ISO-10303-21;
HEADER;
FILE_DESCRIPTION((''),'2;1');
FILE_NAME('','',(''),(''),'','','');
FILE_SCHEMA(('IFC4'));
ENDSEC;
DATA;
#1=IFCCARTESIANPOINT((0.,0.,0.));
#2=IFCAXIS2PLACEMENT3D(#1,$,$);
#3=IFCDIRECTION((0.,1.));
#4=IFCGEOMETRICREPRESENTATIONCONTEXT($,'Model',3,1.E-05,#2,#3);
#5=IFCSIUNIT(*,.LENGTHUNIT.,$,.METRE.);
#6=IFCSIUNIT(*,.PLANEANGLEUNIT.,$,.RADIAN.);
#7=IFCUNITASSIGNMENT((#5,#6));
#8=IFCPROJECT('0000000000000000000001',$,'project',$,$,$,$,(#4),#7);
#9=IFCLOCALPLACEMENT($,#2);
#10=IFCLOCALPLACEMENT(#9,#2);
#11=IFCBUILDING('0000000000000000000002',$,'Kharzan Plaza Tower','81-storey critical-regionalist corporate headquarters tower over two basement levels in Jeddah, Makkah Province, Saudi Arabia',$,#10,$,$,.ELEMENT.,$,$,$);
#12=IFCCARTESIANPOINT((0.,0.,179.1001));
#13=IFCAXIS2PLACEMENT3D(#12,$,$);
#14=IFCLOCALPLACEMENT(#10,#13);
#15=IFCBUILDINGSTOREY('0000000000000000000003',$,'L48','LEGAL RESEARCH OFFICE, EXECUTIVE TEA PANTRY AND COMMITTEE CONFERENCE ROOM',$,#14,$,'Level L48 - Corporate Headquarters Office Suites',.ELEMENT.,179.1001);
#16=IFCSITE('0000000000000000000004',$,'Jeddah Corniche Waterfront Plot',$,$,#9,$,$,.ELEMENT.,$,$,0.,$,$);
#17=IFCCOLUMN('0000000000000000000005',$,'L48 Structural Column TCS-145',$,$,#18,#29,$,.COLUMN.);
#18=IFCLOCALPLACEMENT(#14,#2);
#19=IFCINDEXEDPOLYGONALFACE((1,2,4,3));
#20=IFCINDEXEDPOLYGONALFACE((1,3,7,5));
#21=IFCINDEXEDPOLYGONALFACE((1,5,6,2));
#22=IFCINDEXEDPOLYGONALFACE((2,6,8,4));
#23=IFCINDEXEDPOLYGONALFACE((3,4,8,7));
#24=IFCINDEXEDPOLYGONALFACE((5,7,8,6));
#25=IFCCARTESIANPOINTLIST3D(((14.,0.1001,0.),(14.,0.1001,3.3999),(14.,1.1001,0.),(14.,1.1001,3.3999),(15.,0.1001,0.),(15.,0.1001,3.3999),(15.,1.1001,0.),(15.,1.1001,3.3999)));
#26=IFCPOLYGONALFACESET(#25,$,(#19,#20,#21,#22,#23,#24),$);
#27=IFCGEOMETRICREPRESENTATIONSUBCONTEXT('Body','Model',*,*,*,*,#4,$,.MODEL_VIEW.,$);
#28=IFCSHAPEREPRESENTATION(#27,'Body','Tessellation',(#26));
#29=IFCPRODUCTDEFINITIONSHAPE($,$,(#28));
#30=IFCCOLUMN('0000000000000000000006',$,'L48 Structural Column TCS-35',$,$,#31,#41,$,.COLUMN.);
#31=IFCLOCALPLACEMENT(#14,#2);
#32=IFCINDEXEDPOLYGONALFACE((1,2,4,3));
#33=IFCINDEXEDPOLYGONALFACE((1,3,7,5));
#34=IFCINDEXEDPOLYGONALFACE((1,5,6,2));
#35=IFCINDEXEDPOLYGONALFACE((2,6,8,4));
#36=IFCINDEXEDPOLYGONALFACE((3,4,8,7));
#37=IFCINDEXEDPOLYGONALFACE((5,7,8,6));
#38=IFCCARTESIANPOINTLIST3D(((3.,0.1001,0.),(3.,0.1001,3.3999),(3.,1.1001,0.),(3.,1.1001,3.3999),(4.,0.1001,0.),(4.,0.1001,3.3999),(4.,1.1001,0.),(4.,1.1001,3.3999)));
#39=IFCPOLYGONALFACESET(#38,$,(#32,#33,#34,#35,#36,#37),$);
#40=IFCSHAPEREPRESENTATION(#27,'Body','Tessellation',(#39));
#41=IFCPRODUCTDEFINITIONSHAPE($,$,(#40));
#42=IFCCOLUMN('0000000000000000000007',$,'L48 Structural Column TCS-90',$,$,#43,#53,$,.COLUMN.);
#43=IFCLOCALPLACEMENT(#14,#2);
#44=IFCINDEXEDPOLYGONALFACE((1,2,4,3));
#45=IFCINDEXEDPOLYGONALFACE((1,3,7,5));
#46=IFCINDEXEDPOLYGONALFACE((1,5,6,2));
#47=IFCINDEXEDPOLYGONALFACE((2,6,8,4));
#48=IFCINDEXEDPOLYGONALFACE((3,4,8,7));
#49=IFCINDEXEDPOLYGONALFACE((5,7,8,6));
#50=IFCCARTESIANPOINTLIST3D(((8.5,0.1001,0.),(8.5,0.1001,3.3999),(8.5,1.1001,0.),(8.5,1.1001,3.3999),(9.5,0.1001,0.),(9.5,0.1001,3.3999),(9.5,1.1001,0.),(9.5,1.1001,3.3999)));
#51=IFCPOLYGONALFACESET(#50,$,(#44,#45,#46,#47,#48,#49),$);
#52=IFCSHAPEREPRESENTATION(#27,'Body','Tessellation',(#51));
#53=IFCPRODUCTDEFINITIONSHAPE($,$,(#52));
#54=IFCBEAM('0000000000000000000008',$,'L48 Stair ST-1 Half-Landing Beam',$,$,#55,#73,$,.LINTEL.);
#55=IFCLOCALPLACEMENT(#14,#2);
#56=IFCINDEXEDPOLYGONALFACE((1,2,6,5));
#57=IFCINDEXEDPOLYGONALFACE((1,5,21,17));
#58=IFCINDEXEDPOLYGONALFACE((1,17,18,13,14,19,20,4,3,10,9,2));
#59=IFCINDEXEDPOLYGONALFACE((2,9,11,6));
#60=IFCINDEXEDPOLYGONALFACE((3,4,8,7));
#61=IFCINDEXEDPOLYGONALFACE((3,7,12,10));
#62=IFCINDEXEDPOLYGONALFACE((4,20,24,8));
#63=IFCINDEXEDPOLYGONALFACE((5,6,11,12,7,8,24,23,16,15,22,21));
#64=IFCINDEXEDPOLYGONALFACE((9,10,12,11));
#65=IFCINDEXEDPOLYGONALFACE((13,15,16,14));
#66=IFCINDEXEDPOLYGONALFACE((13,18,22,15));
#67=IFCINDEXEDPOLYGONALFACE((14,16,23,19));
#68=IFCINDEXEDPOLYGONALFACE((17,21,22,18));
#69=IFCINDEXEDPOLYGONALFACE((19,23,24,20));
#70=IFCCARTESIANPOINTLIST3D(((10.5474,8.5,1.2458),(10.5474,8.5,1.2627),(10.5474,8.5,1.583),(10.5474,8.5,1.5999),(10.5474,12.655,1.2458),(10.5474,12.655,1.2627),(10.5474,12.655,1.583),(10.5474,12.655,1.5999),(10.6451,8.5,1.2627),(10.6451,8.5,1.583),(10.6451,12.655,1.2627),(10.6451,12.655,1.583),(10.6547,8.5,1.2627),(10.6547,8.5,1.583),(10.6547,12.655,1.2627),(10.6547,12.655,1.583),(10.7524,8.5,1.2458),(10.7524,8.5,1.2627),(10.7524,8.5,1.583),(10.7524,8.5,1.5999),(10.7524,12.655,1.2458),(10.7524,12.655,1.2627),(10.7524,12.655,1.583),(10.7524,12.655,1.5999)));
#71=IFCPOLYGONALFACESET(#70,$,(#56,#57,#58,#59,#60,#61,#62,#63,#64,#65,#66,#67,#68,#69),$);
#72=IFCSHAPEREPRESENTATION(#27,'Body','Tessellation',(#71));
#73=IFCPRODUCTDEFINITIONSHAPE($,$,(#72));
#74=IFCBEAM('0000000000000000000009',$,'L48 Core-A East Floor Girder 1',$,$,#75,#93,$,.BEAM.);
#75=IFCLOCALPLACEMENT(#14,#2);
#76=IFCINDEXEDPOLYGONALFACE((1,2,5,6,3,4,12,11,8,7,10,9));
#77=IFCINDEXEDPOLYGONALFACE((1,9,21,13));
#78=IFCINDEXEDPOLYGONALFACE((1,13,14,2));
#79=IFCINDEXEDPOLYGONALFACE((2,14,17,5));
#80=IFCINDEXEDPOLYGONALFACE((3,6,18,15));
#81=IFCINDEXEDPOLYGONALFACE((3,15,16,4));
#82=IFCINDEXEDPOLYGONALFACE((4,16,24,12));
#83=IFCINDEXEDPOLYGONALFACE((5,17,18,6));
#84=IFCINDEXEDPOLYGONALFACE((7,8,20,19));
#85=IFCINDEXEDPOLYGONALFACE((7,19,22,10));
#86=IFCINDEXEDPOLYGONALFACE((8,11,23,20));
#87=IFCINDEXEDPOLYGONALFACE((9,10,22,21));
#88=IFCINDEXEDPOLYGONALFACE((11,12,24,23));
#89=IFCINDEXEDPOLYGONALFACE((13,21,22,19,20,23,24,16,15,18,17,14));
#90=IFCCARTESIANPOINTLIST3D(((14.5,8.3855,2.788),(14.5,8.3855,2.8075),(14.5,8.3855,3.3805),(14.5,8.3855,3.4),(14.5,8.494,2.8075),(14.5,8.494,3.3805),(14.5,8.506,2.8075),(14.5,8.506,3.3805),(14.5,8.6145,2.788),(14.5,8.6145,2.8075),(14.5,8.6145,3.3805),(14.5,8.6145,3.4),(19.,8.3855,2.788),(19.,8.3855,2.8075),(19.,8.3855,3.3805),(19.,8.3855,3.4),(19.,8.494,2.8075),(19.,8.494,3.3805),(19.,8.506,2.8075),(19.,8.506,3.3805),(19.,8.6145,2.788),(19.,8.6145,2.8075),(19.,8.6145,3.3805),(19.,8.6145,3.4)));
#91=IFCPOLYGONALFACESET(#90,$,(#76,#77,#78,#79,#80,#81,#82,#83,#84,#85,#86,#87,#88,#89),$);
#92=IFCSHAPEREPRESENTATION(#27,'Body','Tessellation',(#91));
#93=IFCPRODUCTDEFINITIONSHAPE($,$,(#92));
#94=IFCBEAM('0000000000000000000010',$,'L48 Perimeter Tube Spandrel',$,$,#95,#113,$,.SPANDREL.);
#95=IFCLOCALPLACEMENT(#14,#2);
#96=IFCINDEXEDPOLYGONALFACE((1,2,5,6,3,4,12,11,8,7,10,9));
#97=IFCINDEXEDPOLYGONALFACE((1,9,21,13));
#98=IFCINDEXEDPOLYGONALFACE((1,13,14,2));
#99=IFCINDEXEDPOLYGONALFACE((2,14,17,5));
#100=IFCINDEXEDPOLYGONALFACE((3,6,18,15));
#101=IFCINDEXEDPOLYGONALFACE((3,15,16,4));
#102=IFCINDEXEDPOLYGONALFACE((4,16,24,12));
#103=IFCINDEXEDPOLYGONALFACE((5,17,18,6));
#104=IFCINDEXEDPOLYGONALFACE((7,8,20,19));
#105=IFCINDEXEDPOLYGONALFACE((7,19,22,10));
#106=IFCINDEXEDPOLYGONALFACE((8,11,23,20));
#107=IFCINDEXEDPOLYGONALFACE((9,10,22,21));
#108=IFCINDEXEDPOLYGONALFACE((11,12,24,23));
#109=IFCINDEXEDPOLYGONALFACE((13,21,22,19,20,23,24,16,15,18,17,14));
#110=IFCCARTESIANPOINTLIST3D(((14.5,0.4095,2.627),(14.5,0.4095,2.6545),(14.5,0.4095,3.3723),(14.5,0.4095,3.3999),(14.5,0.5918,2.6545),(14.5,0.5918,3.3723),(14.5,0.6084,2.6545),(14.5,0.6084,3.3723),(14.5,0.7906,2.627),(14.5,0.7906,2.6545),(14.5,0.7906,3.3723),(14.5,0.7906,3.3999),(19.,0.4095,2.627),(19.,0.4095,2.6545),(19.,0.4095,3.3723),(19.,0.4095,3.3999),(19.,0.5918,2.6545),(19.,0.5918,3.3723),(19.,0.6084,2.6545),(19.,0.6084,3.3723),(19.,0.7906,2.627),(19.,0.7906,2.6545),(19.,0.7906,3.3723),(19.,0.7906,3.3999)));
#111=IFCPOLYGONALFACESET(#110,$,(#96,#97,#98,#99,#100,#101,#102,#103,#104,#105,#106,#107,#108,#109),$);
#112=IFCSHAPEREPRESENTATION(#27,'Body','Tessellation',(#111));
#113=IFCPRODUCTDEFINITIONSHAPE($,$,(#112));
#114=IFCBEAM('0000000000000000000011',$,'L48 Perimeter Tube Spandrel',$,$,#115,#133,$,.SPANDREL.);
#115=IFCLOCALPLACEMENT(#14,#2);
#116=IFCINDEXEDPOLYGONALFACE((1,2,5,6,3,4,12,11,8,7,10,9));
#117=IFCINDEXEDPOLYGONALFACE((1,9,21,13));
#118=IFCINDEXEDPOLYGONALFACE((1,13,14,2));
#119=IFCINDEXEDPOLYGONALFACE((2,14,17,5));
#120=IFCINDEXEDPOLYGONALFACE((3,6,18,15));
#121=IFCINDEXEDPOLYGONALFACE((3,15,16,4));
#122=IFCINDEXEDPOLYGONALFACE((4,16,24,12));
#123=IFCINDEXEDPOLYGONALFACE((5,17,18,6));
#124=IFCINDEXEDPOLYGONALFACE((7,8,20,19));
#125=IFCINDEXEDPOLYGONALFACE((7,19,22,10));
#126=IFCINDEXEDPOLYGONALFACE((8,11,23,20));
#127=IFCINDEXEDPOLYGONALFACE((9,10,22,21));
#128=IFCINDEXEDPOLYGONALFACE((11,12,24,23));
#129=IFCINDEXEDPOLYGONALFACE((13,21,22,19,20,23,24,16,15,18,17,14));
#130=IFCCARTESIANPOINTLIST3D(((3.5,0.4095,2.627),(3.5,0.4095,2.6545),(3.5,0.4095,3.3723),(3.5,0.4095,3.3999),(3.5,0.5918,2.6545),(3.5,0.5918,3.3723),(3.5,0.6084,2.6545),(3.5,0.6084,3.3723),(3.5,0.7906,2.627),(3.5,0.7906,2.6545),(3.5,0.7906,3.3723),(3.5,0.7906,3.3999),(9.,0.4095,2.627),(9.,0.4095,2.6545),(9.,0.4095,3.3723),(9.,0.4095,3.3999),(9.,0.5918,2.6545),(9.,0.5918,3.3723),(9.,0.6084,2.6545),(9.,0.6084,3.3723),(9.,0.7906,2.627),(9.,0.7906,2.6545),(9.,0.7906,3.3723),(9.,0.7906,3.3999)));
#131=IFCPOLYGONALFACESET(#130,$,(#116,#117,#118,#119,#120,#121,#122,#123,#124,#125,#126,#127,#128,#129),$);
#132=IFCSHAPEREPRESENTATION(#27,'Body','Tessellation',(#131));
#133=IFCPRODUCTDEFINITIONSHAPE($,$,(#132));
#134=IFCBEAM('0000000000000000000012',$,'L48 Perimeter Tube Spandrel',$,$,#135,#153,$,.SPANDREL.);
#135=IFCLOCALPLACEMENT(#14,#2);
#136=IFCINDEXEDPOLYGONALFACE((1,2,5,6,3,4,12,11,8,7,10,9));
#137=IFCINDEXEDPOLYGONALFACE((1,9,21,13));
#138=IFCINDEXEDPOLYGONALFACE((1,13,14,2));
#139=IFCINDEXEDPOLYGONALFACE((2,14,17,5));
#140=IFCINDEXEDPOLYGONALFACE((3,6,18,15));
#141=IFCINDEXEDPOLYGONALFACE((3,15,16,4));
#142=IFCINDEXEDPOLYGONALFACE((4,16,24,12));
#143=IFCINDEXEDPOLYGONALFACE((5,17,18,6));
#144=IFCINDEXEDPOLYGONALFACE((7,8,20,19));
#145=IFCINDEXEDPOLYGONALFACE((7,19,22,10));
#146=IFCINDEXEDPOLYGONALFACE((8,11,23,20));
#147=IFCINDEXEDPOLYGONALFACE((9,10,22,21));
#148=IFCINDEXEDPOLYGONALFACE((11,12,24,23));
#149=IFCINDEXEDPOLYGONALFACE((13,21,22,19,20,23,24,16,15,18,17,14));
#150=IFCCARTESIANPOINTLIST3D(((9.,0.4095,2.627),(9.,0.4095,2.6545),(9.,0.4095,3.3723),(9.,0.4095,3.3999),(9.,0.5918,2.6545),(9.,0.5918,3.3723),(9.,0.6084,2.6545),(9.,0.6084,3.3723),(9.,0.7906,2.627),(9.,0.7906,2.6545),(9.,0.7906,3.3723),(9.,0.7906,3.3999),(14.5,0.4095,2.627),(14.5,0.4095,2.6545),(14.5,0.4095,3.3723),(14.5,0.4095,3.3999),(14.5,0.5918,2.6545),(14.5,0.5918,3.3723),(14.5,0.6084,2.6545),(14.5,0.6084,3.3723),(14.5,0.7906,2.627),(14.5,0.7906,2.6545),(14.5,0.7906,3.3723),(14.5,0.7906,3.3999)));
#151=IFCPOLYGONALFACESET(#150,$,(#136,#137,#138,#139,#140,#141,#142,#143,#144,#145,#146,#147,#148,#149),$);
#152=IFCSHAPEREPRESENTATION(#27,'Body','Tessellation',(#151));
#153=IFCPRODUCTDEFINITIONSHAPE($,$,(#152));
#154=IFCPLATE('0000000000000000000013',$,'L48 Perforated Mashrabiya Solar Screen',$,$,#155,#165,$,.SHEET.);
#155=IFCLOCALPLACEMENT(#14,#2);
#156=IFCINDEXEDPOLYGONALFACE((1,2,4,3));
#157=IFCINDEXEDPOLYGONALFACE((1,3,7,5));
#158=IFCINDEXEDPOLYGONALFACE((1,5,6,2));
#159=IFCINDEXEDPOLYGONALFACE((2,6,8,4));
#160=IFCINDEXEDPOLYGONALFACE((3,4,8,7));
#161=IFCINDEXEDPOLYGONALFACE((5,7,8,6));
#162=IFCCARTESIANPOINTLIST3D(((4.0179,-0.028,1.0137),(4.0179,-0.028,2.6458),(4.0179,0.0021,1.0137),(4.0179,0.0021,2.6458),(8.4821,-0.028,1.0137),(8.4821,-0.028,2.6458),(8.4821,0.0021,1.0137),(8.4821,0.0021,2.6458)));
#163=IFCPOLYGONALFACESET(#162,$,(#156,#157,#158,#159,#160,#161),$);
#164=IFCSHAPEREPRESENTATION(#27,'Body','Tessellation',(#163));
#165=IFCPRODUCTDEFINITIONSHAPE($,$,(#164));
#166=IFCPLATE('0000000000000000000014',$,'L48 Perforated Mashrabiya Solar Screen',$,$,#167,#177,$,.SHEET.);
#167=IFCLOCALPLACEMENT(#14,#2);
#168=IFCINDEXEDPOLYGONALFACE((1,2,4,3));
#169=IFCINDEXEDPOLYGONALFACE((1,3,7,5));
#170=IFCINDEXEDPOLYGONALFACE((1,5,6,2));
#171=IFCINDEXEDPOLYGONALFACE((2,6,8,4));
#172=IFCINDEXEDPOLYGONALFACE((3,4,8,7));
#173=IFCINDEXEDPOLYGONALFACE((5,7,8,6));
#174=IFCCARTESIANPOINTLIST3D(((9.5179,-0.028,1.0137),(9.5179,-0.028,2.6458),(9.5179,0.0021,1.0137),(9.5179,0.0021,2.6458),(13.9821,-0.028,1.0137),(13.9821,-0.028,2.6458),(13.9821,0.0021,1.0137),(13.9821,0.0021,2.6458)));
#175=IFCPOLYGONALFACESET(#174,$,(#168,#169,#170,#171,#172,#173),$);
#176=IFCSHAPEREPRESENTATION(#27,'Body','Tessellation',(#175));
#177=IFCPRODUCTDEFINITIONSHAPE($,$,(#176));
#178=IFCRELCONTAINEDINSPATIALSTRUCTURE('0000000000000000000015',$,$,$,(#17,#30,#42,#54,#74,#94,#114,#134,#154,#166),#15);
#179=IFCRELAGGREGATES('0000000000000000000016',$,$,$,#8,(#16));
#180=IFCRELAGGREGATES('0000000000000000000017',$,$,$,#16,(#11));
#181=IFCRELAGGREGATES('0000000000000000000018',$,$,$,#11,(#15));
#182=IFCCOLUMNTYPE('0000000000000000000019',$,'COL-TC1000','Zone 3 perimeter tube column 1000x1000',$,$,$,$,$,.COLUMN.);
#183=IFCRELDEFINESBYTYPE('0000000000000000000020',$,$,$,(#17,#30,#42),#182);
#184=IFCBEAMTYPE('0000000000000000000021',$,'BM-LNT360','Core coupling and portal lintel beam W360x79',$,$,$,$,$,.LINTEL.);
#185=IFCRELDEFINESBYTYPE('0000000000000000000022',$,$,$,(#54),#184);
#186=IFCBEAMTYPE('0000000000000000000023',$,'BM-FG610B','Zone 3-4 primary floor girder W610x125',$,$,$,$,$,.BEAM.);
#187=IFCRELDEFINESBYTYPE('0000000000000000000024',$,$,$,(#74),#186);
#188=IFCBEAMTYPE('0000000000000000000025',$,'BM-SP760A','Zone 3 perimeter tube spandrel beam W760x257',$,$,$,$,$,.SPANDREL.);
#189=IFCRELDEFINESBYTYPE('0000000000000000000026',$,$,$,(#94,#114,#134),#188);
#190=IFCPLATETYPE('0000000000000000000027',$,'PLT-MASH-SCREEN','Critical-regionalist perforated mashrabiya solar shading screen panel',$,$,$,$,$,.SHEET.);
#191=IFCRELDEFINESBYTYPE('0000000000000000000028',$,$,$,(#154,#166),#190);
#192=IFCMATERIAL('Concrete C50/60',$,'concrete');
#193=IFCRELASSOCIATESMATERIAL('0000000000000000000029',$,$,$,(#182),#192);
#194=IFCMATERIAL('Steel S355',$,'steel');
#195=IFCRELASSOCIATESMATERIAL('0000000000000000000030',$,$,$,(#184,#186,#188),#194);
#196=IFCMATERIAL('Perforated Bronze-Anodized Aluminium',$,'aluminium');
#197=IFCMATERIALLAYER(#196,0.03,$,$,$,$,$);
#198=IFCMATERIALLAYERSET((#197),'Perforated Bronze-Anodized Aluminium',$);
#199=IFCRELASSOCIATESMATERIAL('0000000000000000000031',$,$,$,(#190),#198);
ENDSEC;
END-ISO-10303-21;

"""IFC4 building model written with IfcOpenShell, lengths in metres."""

from ifc_helpers import new_model, si_unit, direction, frame, origin, origin_2d, place, context, subcontext, project, spatial, rectangle, i_section, extrude, source, transform, mapped, material, layer, layer_set, material_profile, profile_set, type_object, element, save


model = new_model("IFC4")

# Units and contexts
model_context = context("Model", 3, precision=1e-05, world=origin(), true_north=direction((0.0, 1.0)))
body_context = subcontext(model_context, "Body", "Model", "MODEL_VIEW")
ifc_project = project(units=[si_unit("LENGTHUNIT", "METRE"), si_unit("PLANEANGLEUNIT", "RADIAN")], contexts=[model_context])

# Site, building, storey
site_placement = place(None, origin())
site = spatial("IfcSite", under=ifc_project, at=site_placement, Name="Jeddah Corniche Waterfront Plot", CompositionType="ELEMENT", RefElevation=0.0)
building_placement = place(site_placement, origin())
building = spatial("IfcBuilding", under=site, at=building_placement, Name="Kharzan Plaza Tower", Description="81-storey critical-regionalist corporate headquarters tower over two basement levels in Jeddah, Makkah Province, Saudi Arabia", CompositionType="ELEMENT")
storey_placement = place(building_placement, frame((0.0, 0.0, 179.1001)))
storey = spatial("IfcBuildingStorey", under=building, at=storey_placement, Name="L48", Description="LEGAL RESEARCH OFFICE, EXECUTIVE TEA PANTRY AND COMMITTEE CONFERENCE ROOM", LongName="Level L48 - Corporate Headquarters Office Suites", CompositionType="ELEMENT", Elevation=179.1001)

# Columns
ifc_material_1 = material(Name="Concrete C50/60", Category="concrete")
ifc_material_profile_1 = material_profile(ifc_material_1, rectangle(XDim=1.0, YDim=1.0, at=origin_2d()), Name="RC-TC1000x1000")
ifc_profile_set_1 = profile_set([ifc_material_profile_1], Name="Concrete C50/60")
column_type = type_object("IfcColumnType", Name="COL-TC1000", Description="Zone 3 perimeter tube column 1000x1000", PredefinedType="COLUMN", material=ifc_profile_set_1)
shared_shape_1 = source(origin(), body_context, "Body", "SweptSolid", [
    extrude(rectangle(XDim=1.0, YDim=1.0, at=origin_2d()), origin(), (0.0, 0.0, 1.0), 3.3999),
])
for number, where, z_axis, x_axis, name in (
    (1, (14.5, 0.6001, 0.0), (0.0, 0.0, 1.0), (1.0, 0.0, 0.0), "L48 Structural Column TCS-145"),
    (2, (3.5, 0.6001, 0.0), (0.0, 0.0, 1.0), (1.0, 0.0, 0.0), "L48 Structural Column TCS-35"),
    (3, (9.0, 0.6001, 0.0), (0.0, 0.0, 1.0), (1.0, 0.0, 0.0), "L48 Structural Column TCS-90"),
):
    element("IfcColumn", number, at=place(storey_placement, frame(where, z_axis=z_axis, x_axis=x_axis)), inside=storey, type_object=column_type, Name=name, PredefinedType="COLUMN", context=body_context, shape_type="MappedRepresentation", body=[
        mapped(shared_shape_1, transform((0.0, 0.0, 0.0), x_axis=(1.0, 0.0, 0.0), y_axis=(0.0, 1.0, 0.0), z_axis=(0.0, 0.0, 1.0))),
    ])

# Beams
ifc_material_2 = material(Name="Steel S355", Category="steel")
ifc_material_profile_2 = material_profile(ifc_material_2, i_section(OverallWidth=0.2051, OverallDepth=0.354, WebThickness=0.0095, FlangeThickness=0.0168, at=origin_2d()), Name="W360x79")
ifc_profile_set_2 = profile_set([ifc_material_profile_2], Name="Steel S355")
beam_type_1 = type_object("IfcBeamType", Name="BM-LNT360", Description="Core coupling and portal lintel beam W360x79", PredefinedType="LINTEL", material=ifc_profile_set_2)
shared_shape_2 = source(origin(), body_context, "Body", "SweptSolid", [
    extrude(i_section(OverallWidth=0.2051, OverallDepth=0.354, WebThickness=0.0095, FlangeThickness=0.0168, at=origin_2d()), origin(), (0.0, 0.0, 1.0), 4.155),
])
beam_1_placement = place(storey_placement, frame((10.6499, 8.5, 1.4229), z_axis=(0.0, 1.0, 0.0), x_axis=(-1.0, 0.0, 0.0)))
element("IfcBeam", 4, at=beam_1_placement, inside=storey, type_object=beam_type_1, Name="L48 Stair ST-1 Half-Landing Beam", PredefinedType="LINTEL", context=body_context, shape_type="MappedRepresentation", body=[
    mapped(shared_shape_2, transform((0.0, 0.0, 0.0), x_axis=(1.0, 0.0, 0.0), y_axis=(0.0, 1.0, 0.0), z_axis=(0.0, 0.0, 1.0))),
])
ifc_material_profile_3 = material_profile(ifc_material_2, i_section(OverallWidth=0.229, OverallDepth=0.6121, WebThickness=0.012, FlangeThickness=0.0195, at=origin_2d()), Name="W610x125")
ifc_profile_set_3 = profile_set([ifc_material_profile_3], Name="Steel S355")
beam_type_2 = type_object("IfcBeamType", Name="BM-FG610B", Description="Zone 3-4 primary floor girder W610x125", PredefinedType="BEAM", material=ifc_profile_set_3)
shared_shape_3 = source(origin(), body_context, "Body", "SweptSolid", [
    extrude(i_section(OverallWidth=0.229, OverallDepth=0.6121, WebThickness=0.012, FlangeThickness=0.0195, at=origin_2d()), origin(), (0.0, 0.0, 1.0), 4.5),
])
beam_2_placement = place(storey_placement, frame((14.5, 8.5, 3.094), z_axis=(1.0, 0.0, 0.0), x_axis=(0.0, 1.0, 0.0)))
element("IfcBeam", 5, at=beam_2_placement, inside=storey, type_object=beam_type_2, Name="L48 Core-A East Floor Girder 1", PredefinedType="BEAM", context=body_context, shape_type="MappedRepresentation", body=[
    mapped(shared_shape_3, transform((0.0, 0.0, 0.0), x_axis=(1.0, 0.0, 0.0), y_axis=(0.0, 1.0, 0.0), z_axis=(0.0, 0.0, 1.0))),
])
ifc_material_profile_4 = material_profile(ifc_material_2, i_section(OverallWidth=0.3811, OverallDepth=0.7729, WebThickness=0.0166, FlangeThickness=0.0276, at=origin_2d()), Name="W760x257")
ifc_profile_set_4 = profile_set([ifc_material_profile_4], Name="Steel S355")
beam_type_3 = type_object("IfcBeamType", Name="BM-SP760A", Description="Zone 3 perimeter tube spandrel beam W760x257", PredefinedType="SPANDREL", material=ifc_profile_set_4)
shared_shape_4 = source(origin(), body_context, "Body", "SweptSolid", [
    extrude(i_section(OverallWidth=0.3811, OverallDepth=0.7729, WebThickness=0.0166, FlangeThickness=0.0276, at=origin_2d()), origin(), (0.0, 0.0, 1.0), 4.5),
])
beam_3_placement = place(storey_placement, frame((14.5, 0.6001, 3.0134), z_axis=(1.0, 0.0, 0.0), x_axis=(0.0, 1.0, 0.0)))
element("IfcBeam", 6, at=beam_3_placement, inside=storey, type_object=beam_type_3, Name="L48 Perimeter Tube Spandrel", PredefinedType="SPANDREL", context=body_context, shape_type="MappedRepresentation", body=[
    mapped(shared_shape_4, transform((0.0, 0.0, 0.0), x_axis=(1.0, 0.0, 0.0), y_axis=(0.0, 1.0, 0.0), z_axis=(0.0, 0.0, 1.0))),
])
shared_shape_5 = source(origin(), body_context, "Body", "SweptSolid", [
    extrude(i_section(OverallWidth=0.3811, OverallDepth=0.7729, WebThickness=0.0166, FlangeThickness=0.0276, at=origin_2d()), origin(), (0.0, 0.0, 1.0), 5.5),
])
for number, where, z_axis, x_axis, name in (
    (7, (3.5, 0.6001, 3.0134), (1.0, 0.0, 0.0), (0.0, 1.0, 0.0), "L48 Perimeter Tube Spandrel"),
    (8, (9.0, 0.6001, 3.0134), (1.0, 0.0, 0.0), (0.0, 1.0, 0.0), "L48 Perimeter Tube Spandrel"),
):
    element("IfcBeam", number, at=place(storey_placement, frame(where, z_axis=z_axis, x_axis=x_axis)), inside=storey, type_object=beam_type_3, Name=name, PredefinedType="SPANDREL", context=body_context, shape_type="MappedRepresentation", body=[
        mapped(shared_shape_5, transform((0.0, 0.0, 0.0), x_axis=(1.0, 0.0, 0.0), y_axis=(0.0, 1.0, 0.0), z_axis=(0.0, 0.0, 1.0))),
    ])

# Plates
ifc_material_3 = material(Name="Perforated Bronze-Anodized Aluminium", Category="aluminium")
ifc_layer_1 = layer(ifc_material_3, 0.03)
ifc_layer_set_1 = layer_set([ifc_layer_1], Name="Perforated Bronze-Anodized Aluminium")
plate_type = type_object("IfcPlateType", Name="PLT-MASH-SCREEN", Description="Critical-regionalist perforated mashrabiya solar shading screen panel", PredefinedType="SHEET", material=ifc_layer_set_1)
shared_shape_6 = source(origin(), body_context, "Body", "SweptSolid", [
    extrude(rectangle(XDim=4.4641, YDim=0.03, at=origin_2d()), origin(), (0.0, 0.0, 1.0), 1.6321),
])
for number, where, z_axis, x_axis, name in (
    (9, (6.25, -0.0129, 1.0137), (0.0, 0.0, 1.0), (1.0, 0.0, 0.0), "L48 Perforated Mashrabiya Solar Screen"),
    (10, (11.75, -0.0129, 1.0137), (0.0, 0.0, 1.0), (1.0, 0.0, 0.0), "L48 Perforated Mashrabiya Solar Screen"),
):
    element("IfcPlate", number, at=place(storey_placement, frame(where, z_axis=z_axis, x_axis=x_axis)), inside=storey, type_object=plate_type, Name=name, PredefinedType="SHEET", context=body_context, shape_type="MappedRepresentation", body=[
        mapped(shared_shape_6, transform((0.0, 0.0, 0.0), x_axis=(1.0, 0.0, 0.0), y_axis=(0.0, 1.0, 0.0), z_axis=(0.0, 0.0, 1.0))),
    ])

save(model, "model.ifc")
